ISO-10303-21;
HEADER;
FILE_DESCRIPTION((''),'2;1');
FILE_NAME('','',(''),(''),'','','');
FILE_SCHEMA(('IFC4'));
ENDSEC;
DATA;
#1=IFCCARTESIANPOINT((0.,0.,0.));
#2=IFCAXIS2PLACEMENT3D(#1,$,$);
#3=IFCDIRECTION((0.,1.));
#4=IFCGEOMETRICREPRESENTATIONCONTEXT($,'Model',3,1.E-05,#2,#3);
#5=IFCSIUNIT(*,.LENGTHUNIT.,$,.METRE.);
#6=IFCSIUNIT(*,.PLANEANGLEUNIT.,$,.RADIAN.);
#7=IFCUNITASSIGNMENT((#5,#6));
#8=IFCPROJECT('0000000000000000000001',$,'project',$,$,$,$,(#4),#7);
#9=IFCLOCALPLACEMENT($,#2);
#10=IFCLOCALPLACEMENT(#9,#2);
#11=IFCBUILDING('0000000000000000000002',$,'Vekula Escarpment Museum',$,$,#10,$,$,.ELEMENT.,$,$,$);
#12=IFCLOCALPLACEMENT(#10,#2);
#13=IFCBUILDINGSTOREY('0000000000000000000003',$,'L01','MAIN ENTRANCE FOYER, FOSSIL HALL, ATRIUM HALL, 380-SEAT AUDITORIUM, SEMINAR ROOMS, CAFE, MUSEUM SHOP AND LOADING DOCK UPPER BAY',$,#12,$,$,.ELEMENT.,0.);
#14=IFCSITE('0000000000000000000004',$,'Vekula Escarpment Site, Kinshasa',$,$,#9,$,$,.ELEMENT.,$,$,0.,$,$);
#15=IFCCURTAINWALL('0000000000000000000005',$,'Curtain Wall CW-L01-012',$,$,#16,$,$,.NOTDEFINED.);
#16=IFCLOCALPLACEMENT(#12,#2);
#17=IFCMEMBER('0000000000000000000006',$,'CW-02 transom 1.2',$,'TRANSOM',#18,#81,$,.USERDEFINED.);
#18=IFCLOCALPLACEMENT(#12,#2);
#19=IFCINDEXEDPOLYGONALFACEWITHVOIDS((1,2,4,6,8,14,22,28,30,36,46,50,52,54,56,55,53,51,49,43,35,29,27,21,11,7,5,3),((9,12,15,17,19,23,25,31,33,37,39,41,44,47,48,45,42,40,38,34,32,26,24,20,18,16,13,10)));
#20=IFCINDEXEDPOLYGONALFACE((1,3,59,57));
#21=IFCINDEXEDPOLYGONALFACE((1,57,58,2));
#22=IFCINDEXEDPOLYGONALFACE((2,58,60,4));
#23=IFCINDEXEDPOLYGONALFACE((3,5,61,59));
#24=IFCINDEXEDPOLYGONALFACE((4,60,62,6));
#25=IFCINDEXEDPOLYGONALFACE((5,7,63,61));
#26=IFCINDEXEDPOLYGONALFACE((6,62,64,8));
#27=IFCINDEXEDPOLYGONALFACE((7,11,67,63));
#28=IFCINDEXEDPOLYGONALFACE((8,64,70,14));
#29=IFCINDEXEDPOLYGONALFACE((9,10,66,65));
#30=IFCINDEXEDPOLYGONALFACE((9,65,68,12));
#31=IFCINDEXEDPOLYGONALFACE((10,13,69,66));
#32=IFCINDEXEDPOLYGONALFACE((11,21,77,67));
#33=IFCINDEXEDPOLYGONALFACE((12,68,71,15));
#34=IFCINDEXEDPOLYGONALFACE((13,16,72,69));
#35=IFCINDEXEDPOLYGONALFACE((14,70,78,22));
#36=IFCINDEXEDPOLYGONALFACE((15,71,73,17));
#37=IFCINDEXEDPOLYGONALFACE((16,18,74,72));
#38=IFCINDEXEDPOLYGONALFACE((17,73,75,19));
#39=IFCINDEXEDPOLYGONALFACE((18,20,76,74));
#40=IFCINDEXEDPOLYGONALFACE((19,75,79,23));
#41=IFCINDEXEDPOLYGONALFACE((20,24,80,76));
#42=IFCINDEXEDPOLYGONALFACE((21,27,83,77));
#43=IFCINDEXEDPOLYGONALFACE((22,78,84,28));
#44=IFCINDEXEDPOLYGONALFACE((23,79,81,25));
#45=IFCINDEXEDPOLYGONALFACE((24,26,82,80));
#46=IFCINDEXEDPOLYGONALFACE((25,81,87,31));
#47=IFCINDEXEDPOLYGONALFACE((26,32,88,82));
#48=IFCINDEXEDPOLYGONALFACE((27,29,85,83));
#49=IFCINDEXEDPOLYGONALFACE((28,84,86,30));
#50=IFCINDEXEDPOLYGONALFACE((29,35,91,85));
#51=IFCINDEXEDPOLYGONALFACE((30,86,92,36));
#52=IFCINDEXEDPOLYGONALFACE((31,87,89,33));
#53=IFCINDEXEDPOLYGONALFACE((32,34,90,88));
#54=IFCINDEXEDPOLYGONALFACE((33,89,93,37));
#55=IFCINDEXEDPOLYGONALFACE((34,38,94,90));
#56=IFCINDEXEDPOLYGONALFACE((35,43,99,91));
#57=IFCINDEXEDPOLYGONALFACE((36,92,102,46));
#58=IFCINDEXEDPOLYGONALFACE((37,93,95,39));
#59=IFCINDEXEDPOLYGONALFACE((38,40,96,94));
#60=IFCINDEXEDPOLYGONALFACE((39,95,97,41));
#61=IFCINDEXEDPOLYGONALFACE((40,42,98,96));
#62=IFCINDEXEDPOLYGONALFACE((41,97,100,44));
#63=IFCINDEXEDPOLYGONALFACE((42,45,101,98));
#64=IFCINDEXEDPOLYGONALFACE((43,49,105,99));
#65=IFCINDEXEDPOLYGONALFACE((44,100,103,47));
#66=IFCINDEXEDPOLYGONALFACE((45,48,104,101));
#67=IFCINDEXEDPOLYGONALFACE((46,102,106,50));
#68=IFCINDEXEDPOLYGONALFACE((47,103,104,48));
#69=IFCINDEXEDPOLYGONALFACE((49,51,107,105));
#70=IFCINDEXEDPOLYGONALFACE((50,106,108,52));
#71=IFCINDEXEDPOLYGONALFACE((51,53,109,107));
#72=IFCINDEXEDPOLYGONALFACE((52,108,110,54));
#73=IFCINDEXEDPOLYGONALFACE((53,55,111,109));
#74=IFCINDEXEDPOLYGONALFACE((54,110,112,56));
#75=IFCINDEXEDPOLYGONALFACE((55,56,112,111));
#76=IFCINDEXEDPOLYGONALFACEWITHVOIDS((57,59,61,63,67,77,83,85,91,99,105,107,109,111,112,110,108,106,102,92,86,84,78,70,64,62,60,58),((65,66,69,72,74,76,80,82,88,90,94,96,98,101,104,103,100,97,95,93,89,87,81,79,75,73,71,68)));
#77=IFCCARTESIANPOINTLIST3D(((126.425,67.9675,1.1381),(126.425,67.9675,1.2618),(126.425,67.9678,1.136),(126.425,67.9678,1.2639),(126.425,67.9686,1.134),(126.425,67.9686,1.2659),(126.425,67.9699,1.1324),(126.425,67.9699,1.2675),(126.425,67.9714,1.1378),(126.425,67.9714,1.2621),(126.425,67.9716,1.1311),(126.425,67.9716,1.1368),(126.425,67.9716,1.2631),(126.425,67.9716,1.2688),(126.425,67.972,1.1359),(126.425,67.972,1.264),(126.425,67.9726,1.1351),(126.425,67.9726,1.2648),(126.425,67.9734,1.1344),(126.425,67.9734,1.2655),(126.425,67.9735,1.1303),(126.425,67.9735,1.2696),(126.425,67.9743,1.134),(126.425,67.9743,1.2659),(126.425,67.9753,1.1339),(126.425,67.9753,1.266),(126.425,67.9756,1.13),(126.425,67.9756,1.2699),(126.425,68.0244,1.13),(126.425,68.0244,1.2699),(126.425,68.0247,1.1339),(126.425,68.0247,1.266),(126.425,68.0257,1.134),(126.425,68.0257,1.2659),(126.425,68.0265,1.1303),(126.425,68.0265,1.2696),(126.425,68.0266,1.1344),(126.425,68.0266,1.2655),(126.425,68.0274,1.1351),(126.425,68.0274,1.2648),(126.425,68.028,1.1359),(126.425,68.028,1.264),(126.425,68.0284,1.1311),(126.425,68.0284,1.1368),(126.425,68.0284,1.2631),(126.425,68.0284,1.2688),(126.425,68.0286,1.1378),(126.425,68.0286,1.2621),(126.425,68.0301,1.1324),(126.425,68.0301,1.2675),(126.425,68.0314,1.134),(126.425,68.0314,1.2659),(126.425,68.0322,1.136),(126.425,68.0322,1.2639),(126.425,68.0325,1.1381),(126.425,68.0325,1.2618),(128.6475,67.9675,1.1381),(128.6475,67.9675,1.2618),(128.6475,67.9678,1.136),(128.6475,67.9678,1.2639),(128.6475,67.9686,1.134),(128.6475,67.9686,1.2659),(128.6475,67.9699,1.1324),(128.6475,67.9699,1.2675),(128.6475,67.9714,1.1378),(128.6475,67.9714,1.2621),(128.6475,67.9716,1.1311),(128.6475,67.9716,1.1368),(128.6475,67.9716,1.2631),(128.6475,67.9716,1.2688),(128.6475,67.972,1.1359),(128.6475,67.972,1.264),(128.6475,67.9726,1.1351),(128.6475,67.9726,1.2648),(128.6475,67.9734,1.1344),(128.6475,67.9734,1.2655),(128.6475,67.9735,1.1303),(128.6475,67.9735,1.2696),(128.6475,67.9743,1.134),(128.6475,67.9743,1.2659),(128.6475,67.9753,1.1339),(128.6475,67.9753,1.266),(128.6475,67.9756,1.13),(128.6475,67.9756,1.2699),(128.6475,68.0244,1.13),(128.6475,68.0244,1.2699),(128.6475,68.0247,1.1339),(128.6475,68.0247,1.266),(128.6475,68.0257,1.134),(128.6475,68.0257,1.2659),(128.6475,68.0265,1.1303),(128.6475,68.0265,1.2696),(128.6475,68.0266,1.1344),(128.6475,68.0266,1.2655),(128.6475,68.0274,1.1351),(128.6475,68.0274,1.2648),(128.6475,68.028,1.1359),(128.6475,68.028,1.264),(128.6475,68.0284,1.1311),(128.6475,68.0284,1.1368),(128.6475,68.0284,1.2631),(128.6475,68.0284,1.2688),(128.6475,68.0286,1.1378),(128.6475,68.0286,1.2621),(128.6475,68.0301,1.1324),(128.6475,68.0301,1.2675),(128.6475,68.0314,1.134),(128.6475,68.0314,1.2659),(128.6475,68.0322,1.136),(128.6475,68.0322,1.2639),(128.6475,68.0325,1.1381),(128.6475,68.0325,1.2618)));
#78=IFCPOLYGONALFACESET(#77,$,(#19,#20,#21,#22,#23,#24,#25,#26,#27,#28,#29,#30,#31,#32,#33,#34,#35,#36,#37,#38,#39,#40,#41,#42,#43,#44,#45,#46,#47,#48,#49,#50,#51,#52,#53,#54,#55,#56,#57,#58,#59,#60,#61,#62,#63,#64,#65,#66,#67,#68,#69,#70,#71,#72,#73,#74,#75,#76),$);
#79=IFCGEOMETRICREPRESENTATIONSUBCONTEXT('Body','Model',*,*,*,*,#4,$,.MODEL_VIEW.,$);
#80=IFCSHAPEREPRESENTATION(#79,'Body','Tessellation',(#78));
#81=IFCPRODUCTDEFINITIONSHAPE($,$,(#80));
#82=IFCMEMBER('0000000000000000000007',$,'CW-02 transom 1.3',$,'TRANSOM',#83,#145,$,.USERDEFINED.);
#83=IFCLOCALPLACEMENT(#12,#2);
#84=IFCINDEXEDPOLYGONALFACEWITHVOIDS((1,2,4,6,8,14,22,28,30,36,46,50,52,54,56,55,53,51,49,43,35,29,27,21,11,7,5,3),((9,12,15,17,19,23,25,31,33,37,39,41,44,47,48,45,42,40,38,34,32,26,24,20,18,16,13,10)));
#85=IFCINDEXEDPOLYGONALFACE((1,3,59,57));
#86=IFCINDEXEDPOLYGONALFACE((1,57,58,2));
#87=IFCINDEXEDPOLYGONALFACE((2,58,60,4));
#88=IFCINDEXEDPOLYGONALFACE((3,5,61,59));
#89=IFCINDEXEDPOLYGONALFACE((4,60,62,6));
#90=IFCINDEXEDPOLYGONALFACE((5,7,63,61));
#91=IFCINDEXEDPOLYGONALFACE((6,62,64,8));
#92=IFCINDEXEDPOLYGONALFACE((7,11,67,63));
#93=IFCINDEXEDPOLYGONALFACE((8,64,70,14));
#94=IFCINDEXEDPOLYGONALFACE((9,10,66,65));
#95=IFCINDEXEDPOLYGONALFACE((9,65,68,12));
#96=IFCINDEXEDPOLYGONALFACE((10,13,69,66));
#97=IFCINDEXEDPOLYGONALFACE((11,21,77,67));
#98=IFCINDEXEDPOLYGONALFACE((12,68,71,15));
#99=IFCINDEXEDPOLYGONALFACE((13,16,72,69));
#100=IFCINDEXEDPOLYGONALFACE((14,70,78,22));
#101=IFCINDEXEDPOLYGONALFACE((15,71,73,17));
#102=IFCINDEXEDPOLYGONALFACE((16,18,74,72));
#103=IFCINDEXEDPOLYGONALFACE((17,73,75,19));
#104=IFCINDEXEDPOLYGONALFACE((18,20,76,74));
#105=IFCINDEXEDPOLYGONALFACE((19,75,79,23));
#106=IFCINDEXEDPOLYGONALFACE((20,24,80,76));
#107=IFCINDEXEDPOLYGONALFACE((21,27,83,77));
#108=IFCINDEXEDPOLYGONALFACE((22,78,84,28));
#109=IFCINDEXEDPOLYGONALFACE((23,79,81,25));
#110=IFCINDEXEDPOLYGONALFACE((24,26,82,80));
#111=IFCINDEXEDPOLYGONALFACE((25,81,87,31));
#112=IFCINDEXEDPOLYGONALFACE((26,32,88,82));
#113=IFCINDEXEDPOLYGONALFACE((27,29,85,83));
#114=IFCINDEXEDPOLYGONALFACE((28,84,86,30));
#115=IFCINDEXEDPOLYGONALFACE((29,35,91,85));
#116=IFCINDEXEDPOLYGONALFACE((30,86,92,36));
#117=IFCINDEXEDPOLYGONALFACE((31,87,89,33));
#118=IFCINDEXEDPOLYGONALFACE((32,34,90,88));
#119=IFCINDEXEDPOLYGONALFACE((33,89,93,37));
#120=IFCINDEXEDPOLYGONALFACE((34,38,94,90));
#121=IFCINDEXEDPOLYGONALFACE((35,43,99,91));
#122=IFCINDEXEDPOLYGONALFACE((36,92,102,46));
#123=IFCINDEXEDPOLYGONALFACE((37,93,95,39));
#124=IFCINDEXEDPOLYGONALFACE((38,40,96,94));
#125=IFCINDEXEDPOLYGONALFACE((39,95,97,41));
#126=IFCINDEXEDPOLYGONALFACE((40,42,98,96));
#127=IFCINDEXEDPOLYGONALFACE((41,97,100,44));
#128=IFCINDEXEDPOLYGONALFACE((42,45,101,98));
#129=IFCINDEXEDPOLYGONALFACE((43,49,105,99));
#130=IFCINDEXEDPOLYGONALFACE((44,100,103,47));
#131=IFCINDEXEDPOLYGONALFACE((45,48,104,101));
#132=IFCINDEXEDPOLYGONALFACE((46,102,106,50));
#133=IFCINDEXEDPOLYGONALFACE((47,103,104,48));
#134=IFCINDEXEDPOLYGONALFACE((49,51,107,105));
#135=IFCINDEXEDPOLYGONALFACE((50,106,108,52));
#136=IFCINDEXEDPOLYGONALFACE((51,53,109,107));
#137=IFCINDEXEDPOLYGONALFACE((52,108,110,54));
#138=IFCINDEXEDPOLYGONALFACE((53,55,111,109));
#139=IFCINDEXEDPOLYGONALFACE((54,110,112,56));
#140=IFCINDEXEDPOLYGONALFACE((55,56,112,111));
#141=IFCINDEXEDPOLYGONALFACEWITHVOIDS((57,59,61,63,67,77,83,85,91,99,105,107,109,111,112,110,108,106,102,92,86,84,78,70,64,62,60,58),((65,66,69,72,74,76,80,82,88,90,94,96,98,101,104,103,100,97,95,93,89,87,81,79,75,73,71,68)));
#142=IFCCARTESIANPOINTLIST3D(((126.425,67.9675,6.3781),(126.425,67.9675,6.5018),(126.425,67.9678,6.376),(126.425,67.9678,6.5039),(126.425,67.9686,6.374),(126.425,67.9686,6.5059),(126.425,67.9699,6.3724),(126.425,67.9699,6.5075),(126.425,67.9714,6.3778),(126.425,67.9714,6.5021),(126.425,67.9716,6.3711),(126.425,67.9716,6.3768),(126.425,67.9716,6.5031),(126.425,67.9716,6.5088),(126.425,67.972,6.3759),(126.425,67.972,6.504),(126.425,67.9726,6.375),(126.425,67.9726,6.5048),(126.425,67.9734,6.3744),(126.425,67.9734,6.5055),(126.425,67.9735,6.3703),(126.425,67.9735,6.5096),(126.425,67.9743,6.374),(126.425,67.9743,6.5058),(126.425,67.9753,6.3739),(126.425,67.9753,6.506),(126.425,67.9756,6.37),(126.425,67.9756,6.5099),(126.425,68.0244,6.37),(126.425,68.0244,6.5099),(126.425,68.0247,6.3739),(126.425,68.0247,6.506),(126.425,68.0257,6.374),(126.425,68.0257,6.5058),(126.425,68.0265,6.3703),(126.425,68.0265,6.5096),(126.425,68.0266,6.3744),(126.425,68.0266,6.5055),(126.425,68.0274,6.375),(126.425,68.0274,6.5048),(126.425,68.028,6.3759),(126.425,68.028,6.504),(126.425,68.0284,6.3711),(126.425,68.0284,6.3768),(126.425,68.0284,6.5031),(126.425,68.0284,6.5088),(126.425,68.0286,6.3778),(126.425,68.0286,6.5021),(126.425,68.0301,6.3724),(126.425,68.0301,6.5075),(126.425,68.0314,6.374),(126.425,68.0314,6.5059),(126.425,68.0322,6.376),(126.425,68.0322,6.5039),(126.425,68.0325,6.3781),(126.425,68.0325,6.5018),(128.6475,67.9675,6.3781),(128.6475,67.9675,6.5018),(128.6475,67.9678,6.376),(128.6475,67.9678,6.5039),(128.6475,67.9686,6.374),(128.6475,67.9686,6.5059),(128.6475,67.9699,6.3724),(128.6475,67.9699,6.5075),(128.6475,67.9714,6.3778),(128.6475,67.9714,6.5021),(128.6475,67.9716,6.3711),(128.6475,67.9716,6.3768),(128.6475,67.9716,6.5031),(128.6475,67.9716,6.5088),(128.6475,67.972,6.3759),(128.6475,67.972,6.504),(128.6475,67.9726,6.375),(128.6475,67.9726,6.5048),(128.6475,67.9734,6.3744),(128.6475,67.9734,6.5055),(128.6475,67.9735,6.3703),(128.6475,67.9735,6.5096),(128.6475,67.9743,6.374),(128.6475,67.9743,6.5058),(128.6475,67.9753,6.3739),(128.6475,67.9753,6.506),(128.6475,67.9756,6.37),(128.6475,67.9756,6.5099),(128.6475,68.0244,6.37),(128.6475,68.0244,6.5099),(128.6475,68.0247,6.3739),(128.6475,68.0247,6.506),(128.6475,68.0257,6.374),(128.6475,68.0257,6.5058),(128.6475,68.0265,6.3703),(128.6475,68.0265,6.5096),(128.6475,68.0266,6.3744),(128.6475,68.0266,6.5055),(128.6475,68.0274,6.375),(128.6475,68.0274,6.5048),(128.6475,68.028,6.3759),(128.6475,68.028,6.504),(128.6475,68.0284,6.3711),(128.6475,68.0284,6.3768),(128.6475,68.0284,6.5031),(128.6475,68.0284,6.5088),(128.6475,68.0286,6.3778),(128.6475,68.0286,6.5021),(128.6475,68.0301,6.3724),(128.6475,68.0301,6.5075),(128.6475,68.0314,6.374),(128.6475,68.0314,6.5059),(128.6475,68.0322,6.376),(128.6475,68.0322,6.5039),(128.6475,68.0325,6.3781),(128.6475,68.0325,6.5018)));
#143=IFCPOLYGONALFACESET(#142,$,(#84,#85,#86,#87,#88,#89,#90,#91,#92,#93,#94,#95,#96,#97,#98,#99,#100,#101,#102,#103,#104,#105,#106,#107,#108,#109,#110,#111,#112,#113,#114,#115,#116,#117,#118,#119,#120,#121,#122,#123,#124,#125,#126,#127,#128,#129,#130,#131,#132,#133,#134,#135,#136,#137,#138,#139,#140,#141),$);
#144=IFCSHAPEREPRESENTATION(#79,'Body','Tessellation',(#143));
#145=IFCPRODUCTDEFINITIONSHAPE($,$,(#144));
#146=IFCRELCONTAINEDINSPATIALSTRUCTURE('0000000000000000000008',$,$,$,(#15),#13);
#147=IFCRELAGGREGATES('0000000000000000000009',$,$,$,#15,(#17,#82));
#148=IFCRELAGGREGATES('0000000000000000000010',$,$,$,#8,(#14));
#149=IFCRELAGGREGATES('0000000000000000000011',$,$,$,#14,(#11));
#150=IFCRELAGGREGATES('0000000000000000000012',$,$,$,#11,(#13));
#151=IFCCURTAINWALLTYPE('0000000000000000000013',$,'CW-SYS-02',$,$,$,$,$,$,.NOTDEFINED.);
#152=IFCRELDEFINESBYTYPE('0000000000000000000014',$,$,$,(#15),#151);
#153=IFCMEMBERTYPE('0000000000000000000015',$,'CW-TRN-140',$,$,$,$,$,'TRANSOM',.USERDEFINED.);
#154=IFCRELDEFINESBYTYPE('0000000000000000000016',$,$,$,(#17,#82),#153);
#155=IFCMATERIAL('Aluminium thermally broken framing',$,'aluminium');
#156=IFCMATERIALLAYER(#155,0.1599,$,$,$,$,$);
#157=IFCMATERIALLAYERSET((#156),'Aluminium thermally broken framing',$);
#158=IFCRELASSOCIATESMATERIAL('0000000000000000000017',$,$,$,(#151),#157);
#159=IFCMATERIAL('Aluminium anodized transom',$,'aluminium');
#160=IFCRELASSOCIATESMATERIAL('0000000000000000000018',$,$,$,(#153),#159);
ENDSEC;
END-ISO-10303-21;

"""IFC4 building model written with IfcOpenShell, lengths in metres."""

from ifc_helpers import new_model, si_unit, direction, frame, origin, origin_2d, place, context, subcontext, project, spatial, hollow_rectangle, extrude, material, layer, layer_set, material_profile, profile_set, type_object, element, aggregate, save


model = new_model("IFC4")

# Units and contexts
model_context = context("Model", 3, precision=1e-05, world=origin(), true_north=direction((0.0, 1.0)))
body_context = subcontext(model_context, "Body", "Model", "MODEL_VIEW")
ifc_project = project(units=[si_unit("LENGTHUNIT", "METRE"), si_unit("PLANEANGLEUNIT", "RADIAN")], contexts=[model_context])

# Site, building, storey
site_placement = place(None, origin())
site = spatial("IfcSite", under=ifc_project, at=site_placement, Name="Vekula Escarpment Site, Kinshasa", CompositionType="ELEMENT", RefElevation=0.0)
building_placement = place(site_placement, origin())
building = spatial("IfcBuilding", under=site, at=building_placement, Name="Vekula Escarpment Museum", CompositionType="ELEMENT")
storey_placement = place(building_placement, origin())
storey = spatial("IfcBuildingStorey", under=building, at=storey_placement, Name="L01", Description="MAIN ENTRANCE FOYER, FOSSIL HALL, ATRIUM HALL, 380-SEAT AUDITORIUM, SEMINAR ROOMS, CAFE, MUSEUM SHOP AND LOADING DOCK UPPER BAY", CompositionType="ELEMENT", Elevation=0.0)

# Curtain wall, members
ifc_material_1 = material(Name="Aluminium thermally broken framing", Category="aluminium")
ifc_layer_1 = layer(ifc_material_1, 0.1599)
ifc_layer_set_1 = layer_set([ifc_layer_1], Name="Aluminium thermally broken framing")
curtain_wall_type = type_object("IfcCurtainWallType", Name="CW-SYS-02", PredefinedType="NOTDEFINED", material=ifc_layer_set_1)
curtain_wall_placement = place(storey_placement, origin())
curtain_wall = element("IfcCurtainWall", 1, at=curtain_wall_placement, inside=storey, type_object=curtain_wall_type, Name="Curtain Wall CW-L01-012", PredefinedType="NOTDEFINED")
ifc_material_2 = material(Name="Aluminium anodized transom", Category="aluminium")
ifc_material_profile_1 = material_profile(ifc_material_2, hollow_rectangle(XDim=0.0649, YDim=0.1399, WallThickness=0.0039, InnerFilletRadius=0.0039, OuterFilletRadius=0.0081, at=origin_2d()), Name="ALU 140x65x4")
ifc_profile_set_1 = profile_set([ifc_material_profile_1], Name="Aluminium anodized transom")
member_type_1 = type_object("IfcMemberType", Name="CW-TRN-140", ElementType="TRANSOM", PredefinedType="USERDEFINED", material=ifc_profile_set_1)
member_1_placement = place(storey_placement, frame((126.425, 68.0, 1.2), z_axis=(1.0, 0.0, 0.0), x_axis=(0.0, 1.0, 0.0)))
member_1 = element("IfcMember", 2, at=member_1_placement, type_object=member_type_1, Name="CW-02 transom 1.2", ObjectType="TRANSOM", PredefinedType="USERDEFINED", context=body_context, shape_type="SweptSolid", body=[
    extrude(hollow_rectangle(XDim=0.0649, YDim=0.1399, WallThickness=0.0039, InnerFilletRadius=0.0039, OuterFilletRadius=0.0081, at=origin_2d()), origin(), (0.0, 0.0, 1.0), 2.2224),
])
member_2_placement = place(storey_placement, frame((126.425, 68.0, 6.4399), z_axis=(1.0, 0.0, 0.0), x_axis=(0.0, 1.0, 0.0)))
member_2 = element("IfcMember", 3, at=member_2_placement, type_object=member_type_1, Name="CW-02 transom 1.3", ObjectType="TRANSOM", PredefinedType="USERDEFINED", context=body_context, shape_type="SweptSolid", body=[
    extrude(hollow_rectangle(XDim=0.0649, YDim=0.1399, WallThickness=0.0039, InnerFilletRadius=0.0039, OuterFilletRadius=0.0081, at=origin_2d()), origin(), (0.0, 0.0, 1.0), 2.2224),
])

aggregate(curtain_wall, [member_1, member_2])

save(model, "model.ifc")
